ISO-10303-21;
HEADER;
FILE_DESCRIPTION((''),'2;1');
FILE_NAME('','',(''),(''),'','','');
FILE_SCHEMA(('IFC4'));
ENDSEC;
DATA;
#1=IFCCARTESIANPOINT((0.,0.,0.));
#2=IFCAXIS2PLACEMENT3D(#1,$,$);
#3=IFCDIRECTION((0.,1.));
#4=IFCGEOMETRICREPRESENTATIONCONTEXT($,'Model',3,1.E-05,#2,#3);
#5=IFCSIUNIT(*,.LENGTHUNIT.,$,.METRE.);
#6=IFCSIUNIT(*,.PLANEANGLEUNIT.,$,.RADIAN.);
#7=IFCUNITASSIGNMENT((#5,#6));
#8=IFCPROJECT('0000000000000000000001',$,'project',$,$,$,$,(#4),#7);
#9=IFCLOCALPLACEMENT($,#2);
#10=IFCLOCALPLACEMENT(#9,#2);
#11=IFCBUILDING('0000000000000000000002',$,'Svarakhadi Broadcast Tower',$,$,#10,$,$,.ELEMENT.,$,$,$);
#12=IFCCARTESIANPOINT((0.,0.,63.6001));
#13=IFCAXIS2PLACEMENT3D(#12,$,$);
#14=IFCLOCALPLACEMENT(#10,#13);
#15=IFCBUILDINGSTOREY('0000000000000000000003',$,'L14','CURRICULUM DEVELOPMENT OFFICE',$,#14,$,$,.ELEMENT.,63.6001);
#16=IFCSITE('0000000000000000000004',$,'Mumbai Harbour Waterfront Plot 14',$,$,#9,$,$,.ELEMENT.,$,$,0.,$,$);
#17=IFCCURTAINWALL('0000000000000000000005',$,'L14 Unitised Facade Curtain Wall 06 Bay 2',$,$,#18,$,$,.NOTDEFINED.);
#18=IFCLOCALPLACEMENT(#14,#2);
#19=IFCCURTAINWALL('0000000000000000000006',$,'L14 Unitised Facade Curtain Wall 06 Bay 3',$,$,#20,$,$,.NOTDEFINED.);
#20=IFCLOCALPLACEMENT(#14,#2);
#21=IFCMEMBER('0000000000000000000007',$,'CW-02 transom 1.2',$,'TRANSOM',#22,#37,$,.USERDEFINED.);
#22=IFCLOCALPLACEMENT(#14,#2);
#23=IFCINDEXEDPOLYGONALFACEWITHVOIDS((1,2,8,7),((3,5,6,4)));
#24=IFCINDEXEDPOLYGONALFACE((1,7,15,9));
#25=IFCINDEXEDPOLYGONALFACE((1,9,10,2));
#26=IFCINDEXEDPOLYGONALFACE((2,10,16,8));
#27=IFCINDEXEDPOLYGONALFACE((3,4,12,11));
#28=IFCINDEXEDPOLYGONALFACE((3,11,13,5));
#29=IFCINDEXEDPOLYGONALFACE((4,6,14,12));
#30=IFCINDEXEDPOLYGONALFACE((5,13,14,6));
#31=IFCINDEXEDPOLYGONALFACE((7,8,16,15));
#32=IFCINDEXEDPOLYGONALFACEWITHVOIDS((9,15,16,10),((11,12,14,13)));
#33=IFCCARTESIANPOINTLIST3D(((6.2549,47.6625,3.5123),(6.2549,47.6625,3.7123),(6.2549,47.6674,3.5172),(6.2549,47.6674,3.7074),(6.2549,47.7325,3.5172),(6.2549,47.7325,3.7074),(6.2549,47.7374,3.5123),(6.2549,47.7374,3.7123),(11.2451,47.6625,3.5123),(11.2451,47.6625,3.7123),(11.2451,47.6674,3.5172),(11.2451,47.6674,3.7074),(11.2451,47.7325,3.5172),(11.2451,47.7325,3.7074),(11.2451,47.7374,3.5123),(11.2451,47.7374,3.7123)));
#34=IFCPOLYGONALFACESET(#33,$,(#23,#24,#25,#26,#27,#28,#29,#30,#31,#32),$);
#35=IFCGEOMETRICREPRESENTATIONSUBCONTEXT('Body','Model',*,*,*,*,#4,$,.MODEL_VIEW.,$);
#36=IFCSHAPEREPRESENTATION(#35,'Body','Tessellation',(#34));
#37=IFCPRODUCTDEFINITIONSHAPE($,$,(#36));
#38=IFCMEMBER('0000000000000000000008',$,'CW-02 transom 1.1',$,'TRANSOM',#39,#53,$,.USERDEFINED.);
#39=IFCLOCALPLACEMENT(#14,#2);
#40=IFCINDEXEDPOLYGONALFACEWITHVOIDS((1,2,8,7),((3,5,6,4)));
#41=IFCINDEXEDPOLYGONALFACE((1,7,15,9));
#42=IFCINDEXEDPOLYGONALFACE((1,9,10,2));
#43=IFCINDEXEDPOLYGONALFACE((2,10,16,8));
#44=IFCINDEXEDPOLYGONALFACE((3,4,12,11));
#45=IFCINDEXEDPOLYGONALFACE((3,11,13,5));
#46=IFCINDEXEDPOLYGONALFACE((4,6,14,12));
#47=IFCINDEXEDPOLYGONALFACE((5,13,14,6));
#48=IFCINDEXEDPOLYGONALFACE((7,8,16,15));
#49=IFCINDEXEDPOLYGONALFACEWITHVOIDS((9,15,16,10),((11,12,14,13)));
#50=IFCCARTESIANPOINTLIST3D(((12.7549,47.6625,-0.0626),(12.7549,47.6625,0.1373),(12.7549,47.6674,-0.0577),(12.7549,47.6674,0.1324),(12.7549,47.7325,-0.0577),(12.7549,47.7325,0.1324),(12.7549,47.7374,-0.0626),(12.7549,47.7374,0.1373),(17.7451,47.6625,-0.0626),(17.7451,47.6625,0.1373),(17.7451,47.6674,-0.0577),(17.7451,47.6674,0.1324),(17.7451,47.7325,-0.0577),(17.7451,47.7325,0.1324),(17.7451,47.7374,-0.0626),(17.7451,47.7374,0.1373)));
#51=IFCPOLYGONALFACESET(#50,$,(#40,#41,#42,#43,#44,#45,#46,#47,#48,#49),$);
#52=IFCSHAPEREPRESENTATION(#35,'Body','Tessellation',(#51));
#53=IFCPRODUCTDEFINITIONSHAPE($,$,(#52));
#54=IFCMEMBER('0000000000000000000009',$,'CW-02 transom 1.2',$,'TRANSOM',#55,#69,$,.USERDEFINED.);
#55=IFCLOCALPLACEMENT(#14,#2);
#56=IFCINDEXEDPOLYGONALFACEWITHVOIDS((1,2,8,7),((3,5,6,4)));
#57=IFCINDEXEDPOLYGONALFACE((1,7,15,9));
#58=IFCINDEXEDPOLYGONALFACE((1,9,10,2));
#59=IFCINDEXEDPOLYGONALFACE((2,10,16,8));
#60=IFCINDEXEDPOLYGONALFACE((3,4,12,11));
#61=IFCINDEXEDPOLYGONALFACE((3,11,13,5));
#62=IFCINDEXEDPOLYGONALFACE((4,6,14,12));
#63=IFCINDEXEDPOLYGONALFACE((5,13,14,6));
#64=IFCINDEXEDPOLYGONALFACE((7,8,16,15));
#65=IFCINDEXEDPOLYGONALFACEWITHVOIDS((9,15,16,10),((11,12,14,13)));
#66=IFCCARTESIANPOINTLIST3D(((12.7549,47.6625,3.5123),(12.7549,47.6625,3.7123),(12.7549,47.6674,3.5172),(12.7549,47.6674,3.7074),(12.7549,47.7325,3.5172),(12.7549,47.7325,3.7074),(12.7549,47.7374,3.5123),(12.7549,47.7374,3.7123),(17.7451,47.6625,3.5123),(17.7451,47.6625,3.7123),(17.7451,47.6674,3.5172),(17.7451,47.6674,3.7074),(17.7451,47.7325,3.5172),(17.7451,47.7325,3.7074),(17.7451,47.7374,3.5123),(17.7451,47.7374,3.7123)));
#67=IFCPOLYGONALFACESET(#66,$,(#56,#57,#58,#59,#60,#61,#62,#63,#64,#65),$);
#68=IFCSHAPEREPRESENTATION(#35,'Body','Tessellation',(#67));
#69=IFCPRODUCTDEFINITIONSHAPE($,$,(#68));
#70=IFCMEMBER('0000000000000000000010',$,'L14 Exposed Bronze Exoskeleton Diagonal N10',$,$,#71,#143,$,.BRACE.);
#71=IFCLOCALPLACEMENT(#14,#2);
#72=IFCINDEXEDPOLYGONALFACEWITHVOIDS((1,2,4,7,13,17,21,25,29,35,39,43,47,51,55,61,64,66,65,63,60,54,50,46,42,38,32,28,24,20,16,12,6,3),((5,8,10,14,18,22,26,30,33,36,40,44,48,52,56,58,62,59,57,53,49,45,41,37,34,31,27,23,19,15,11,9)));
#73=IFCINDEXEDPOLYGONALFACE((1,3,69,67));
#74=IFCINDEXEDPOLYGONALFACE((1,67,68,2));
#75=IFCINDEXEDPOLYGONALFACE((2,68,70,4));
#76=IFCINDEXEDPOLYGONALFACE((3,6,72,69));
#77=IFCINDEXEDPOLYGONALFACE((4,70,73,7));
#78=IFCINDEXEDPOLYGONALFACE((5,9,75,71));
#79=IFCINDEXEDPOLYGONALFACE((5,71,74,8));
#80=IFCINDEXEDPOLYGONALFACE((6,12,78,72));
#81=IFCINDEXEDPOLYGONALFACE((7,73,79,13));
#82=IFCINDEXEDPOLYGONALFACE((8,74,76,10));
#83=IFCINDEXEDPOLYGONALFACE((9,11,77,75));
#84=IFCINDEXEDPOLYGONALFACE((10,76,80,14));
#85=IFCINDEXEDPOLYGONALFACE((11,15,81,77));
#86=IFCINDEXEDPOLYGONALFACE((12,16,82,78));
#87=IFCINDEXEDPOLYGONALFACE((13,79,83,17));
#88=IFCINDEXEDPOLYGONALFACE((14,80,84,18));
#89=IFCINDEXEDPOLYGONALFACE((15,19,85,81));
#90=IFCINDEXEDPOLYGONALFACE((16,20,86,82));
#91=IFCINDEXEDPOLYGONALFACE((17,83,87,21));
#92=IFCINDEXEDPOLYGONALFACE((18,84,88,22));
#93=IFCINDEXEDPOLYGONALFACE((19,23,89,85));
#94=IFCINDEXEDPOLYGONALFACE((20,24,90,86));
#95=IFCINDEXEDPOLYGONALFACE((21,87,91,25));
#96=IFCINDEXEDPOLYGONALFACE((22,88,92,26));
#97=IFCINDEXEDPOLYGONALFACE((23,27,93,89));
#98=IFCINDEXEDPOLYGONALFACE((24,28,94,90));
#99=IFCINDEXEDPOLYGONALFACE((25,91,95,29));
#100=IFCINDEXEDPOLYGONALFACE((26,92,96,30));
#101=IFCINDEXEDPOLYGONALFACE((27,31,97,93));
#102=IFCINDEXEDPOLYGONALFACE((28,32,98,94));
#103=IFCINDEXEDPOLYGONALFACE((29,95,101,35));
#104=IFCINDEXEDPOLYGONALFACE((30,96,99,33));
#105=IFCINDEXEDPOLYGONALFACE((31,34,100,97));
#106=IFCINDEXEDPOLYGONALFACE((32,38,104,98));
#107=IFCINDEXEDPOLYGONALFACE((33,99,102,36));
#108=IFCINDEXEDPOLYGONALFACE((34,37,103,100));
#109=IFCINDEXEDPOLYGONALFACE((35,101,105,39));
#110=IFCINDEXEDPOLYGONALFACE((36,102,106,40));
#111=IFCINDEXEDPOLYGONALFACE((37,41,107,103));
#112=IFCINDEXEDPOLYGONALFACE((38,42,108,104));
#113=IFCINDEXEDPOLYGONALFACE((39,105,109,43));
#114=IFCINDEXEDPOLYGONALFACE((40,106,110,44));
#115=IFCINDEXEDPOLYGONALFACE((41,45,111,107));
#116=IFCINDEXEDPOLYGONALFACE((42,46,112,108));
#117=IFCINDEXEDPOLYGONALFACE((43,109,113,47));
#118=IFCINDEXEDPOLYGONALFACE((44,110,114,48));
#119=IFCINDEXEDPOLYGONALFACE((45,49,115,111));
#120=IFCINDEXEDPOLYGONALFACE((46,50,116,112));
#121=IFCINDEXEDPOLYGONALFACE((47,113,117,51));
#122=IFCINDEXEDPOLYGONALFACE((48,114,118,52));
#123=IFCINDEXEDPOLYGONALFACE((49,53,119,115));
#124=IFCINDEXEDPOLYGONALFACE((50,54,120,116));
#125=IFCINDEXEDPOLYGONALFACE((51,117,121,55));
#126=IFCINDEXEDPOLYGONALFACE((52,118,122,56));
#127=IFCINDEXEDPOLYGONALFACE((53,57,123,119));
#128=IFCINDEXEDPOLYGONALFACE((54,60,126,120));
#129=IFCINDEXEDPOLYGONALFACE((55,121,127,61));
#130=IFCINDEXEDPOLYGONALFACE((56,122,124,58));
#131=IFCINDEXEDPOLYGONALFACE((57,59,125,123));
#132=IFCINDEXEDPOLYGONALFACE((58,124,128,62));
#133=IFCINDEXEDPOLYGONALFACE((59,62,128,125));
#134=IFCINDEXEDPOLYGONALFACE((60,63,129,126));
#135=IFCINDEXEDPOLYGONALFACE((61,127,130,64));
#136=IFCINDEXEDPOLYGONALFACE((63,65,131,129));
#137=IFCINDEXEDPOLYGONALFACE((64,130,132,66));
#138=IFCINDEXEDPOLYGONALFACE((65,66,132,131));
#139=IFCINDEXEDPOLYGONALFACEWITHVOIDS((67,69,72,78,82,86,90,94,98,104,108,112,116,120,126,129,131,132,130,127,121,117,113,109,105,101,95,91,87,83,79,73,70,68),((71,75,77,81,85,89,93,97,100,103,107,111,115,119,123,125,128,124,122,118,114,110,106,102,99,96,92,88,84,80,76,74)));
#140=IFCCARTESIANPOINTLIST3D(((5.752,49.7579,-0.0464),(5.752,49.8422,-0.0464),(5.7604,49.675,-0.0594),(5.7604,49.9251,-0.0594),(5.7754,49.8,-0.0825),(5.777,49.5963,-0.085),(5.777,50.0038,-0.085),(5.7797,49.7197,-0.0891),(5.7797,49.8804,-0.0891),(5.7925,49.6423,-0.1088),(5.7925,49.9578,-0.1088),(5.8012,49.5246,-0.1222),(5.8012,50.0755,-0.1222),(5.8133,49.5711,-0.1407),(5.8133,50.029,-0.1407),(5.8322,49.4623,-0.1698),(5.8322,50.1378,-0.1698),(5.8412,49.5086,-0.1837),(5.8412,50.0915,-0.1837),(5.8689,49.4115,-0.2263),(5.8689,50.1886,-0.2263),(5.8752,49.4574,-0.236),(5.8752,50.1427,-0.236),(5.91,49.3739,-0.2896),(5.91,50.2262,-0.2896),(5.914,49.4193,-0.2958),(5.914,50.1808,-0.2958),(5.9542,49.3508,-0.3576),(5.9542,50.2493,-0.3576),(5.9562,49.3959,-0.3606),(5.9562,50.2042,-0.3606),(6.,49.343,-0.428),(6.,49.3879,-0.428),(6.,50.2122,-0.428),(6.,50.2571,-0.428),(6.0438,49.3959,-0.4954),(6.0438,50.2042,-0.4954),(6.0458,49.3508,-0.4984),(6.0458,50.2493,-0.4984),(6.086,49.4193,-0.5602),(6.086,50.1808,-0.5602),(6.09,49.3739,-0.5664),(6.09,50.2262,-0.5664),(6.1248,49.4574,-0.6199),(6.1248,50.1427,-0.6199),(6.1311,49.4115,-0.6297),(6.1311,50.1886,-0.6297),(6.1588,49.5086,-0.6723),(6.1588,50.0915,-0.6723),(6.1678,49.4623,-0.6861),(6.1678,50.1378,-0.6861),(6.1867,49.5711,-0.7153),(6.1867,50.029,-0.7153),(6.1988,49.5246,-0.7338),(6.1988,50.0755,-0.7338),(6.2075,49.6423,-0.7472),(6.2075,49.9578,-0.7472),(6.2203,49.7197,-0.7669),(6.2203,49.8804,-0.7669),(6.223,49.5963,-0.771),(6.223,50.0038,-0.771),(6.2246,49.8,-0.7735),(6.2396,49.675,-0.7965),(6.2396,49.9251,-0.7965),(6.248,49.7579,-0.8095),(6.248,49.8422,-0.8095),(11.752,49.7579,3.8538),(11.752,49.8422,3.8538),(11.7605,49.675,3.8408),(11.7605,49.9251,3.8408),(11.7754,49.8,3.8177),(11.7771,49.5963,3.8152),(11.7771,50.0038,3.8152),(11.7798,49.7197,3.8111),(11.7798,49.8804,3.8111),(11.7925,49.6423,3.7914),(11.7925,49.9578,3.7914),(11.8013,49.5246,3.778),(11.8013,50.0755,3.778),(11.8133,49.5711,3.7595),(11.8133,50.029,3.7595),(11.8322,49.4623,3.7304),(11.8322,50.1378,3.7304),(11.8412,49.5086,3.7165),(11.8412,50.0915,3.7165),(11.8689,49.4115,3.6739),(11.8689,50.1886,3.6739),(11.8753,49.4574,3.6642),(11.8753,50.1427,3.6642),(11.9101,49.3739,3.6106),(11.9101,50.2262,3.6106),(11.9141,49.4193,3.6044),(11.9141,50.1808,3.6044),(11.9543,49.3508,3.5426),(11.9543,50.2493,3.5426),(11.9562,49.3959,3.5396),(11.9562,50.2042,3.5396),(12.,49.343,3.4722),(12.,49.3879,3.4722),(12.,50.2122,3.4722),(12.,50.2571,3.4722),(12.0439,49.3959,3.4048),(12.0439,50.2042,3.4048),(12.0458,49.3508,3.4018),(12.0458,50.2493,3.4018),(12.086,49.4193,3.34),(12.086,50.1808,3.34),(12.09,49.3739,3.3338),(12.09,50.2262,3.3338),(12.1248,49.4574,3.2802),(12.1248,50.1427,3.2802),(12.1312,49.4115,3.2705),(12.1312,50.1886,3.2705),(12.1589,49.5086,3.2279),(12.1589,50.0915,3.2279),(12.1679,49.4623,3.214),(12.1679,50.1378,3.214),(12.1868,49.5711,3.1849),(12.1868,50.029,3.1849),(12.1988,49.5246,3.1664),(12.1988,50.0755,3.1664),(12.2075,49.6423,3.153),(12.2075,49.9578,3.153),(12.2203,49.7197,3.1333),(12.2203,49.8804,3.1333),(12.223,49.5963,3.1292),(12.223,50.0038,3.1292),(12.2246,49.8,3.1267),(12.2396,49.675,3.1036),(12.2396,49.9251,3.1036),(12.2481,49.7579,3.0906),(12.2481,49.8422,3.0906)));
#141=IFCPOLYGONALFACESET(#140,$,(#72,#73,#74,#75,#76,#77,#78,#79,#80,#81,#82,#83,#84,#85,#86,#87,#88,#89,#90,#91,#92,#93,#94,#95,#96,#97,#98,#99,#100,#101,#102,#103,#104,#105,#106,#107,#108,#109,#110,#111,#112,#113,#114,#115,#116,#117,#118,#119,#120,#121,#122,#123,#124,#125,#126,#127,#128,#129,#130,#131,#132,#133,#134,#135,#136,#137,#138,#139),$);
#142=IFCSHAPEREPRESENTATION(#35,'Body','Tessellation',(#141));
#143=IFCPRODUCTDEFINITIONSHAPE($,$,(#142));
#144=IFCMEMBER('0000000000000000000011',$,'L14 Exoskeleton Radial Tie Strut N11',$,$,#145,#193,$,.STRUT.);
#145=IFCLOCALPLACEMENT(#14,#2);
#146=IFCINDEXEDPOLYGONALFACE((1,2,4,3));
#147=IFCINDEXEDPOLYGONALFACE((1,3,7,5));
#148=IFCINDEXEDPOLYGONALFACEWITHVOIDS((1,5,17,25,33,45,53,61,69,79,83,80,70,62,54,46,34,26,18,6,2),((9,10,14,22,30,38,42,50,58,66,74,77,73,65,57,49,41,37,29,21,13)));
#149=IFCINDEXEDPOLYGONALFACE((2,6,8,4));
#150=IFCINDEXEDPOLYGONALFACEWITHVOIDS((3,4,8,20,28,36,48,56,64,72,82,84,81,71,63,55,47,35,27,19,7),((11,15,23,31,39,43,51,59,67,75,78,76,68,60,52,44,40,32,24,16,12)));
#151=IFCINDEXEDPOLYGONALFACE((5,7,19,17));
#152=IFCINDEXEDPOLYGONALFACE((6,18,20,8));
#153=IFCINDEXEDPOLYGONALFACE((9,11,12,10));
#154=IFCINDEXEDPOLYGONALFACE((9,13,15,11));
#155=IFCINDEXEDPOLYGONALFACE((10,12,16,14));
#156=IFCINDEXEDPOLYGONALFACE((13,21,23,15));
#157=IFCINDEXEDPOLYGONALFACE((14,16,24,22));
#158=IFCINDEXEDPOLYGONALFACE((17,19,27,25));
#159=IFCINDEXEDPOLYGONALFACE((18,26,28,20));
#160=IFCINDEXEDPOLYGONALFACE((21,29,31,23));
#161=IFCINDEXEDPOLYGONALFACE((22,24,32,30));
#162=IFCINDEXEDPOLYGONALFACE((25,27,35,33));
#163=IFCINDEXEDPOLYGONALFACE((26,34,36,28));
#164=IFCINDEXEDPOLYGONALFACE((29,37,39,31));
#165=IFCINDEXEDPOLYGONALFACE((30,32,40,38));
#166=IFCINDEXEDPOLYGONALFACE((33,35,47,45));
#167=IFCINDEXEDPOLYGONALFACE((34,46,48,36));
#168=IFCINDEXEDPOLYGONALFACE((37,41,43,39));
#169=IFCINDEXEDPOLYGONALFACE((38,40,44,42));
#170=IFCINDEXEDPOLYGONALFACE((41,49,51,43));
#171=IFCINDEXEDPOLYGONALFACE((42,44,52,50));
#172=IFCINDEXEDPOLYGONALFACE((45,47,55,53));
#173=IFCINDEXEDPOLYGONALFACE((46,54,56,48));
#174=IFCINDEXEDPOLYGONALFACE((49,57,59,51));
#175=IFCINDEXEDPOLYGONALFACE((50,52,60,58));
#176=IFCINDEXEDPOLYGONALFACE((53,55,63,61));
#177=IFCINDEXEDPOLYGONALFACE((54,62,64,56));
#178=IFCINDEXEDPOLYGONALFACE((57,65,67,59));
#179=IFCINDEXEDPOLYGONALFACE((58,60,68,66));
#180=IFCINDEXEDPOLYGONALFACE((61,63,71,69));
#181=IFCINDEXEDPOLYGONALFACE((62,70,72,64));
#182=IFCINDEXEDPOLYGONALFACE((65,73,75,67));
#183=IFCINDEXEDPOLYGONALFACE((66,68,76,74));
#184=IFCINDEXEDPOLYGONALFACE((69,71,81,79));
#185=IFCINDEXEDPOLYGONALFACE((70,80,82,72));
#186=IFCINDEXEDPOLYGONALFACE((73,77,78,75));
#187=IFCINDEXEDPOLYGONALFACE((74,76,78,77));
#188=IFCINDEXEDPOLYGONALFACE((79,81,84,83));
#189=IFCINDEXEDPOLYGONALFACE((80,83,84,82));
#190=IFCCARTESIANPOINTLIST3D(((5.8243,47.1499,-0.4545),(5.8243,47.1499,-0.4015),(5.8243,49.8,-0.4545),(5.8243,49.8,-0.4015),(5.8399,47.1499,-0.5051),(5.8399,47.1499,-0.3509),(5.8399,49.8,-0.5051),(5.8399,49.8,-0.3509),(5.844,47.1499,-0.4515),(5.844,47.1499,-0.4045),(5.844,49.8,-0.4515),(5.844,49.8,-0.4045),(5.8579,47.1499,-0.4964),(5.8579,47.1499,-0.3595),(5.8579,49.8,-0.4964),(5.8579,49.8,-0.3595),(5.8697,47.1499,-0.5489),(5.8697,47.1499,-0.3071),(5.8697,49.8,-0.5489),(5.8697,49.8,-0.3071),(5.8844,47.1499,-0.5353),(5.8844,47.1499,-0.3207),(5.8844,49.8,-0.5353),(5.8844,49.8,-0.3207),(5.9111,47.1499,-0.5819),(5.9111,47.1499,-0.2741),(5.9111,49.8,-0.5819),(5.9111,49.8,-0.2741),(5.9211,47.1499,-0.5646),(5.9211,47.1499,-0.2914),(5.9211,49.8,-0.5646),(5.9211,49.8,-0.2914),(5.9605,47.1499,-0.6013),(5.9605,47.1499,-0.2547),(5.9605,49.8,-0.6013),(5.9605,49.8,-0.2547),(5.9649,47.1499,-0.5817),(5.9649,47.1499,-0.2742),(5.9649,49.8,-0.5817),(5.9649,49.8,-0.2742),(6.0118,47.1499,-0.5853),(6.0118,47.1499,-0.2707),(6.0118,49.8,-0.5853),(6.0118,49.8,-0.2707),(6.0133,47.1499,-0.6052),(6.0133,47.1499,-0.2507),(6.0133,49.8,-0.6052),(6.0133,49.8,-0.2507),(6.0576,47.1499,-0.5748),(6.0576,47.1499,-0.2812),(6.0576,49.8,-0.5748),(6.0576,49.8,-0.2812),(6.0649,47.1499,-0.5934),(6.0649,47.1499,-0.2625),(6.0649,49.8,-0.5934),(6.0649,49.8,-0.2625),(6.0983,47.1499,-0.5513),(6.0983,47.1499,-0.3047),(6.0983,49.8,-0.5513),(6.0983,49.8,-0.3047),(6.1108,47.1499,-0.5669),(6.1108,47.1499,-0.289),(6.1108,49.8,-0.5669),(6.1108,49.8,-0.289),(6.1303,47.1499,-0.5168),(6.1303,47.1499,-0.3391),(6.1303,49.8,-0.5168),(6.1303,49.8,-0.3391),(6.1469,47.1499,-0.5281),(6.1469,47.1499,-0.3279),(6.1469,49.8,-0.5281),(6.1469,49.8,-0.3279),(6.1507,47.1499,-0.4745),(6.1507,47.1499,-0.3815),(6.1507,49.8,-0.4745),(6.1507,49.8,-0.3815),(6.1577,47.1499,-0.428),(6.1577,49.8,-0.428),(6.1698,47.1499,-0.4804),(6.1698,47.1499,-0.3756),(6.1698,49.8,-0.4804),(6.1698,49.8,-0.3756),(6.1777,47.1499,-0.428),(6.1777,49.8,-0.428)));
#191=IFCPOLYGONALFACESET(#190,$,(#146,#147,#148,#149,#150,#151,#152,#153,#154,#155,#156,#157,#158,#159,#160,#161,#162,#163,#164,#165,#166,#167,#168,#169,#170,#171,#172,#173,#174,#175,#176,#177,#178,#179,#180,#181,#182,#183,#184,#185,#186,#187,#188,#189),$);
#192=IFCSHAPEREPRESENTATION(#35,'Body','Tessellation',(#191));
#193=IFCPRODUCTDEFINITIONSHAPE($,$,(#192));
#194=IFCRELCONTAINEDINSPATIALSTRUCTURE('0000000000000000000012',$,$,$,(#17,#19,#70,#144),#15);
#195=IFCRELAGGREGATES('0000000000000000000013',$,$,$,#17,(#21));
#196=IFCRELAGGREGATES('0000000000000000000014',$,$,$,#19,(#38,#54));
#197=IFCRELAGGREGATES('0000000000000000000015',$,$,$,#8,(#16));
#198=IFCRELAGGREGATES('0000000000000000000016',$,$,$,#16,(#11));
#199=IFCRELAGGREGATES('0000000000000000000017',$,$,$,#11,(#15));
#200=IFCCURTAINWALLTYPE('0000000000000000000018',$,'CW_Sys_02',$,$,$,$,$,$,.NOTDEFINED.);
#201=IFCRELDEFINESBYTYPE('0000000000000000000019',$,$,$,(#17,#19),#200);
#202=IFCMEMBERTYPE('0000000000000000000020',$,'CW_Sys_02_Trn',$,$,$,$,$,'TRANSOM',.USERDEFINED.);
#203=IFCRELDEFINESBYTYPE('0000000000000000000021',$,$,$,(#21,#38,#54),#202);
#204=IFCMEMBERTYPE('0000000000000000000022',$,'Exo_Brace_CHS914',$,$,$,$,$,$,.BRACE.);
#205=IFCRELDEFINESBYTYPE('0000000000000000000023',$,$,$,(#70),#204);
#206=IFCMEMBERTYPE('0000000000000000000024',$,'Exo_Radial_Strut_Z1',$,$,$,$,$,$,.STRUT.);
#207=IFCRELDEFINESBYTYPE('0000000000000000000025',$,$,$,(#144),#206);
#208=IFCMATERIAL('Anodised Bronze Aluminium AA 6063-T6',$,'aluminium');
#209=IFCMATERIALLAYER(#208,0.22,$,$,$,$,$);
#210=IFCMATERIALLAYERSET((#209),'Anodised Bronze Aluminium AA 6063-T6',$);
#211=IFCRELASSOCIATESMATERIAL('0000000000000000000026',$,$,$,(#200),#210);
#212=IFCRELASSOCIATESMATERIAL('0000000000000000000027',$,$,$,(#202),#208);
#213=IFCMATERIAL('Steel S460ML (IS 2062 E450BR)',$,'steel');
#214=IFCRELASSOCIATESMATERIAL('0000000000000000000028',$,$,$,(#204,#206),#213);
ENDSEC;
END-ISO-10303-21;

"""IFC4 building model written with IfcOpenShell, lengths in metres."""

from ifc_helpers import new_model, si_unit, direction, frame, origin, origin_2d, place, context, subcontext, project, spatial, hollow_rectangle, hollow_circle, extrude, material, layer, layer_set, material_profile, profile_set, type_object, element, aggregate, save


model = new_model("IFC4")

# Units and contexts
model_context = context("Model", 3, precision=1e-05, world=origin(), true_north=direction((0.0, 1.0)))
body_context = subcontext(model_context, "Body", "Model", "MODEL_VIEW")
ifc_project = project(units=[si_unit("LENGTHUNIT", "METRE"), si_unit("PLANEANGLEUNIT", "RADIAN")], contexts=[model_context])

# Site, building, storey
site_placement = place(None, origin())
site = spatial("IfcSite", under=ifc_project, at=site_placement, Name="Mumbai Harbour Waterfront Plot 14", CompositionType="ELEMENT", RefElevation=0.0)
building_placement = place(site_placement, origin())
building = spatial("IfcBuilding", under=site, at=building_placement, Name="Svarakhadi Broadcast Tower", CompositionType="ELEMENT")
storey_placement = place(building_placement, frame((0.0, 0.0, 63.6001)))
storey = spatial("IfcBuildingStorey", under=building, at=storey_placement, Name="L14", Description="CURRICULUM DEVELOPMENT OFFICE", CompositionType="ELEMENT", Elevation=63.6001)

# Shared definitions
ifc_material_1 = material(Name="Steel S460ML (IS 2062 E450BR)", Category="steel")

# Curtain walls
ifc_material_2 = material(Name="Anodised Bronze Aluminium AA 6063-T6", Category="aluminium")
ifc_layer_1 = layer(ifc_material_2, 0.22)
ifc_layer_set_1 = layer_set([ifc_layer_1], Name="Anodised Bronze Aluminium AA 6063-T6")
curtain_wall_type = type_object("IfcCurtainWallType", Name="CW_Sys_02", PredefinedType="NOTDEFINED", material=ifc_layer_set_1)
curtain_wall_1_placement = place(storey_placement, origin())
curtain_wall_1 = element("IfcCurtainWall", 1, at=curtain_wall_1_placement, inside=storey, type_object=curtain_wall_type, Name="L14 Unitised Facade Curtain Wall 06 Bay 2", PredefinedType="NOTDEFINED")
curtain_wall_2_placement = place(storey_placement, origin())
curtain_wall_2 = element("IfcCurtainWall", 2, at=curtain_wall_2_placement, inside=storey, type_object=curtain_wall_type, Name="L14 Unitised Facade Curtain Wall 06 Bay 3", PredefinedType="NOTDEFINED")

# Members
ifc_material_profile_1 = material_profile(ifc_material_2, hollow_rectangle(XDim=0.075, YDim=0.2, WallThickness=0.0049, at=origin_2d()), Name="ALU TRANSOM 200x75x5")
ifc_profile_set_1 = profile_set([ifc_material_profile_1], Name="Anodised Bronze Aluminium AA 6063-T6")
member_type_1 = type_object("IfcMemberType", Name="CW_Sys_02_Trn", ElementType="TRANSOM", PredefinedType="USERDEFINED", material=ifc_profile_set_1)
member_1_placement = place(storey_placement, frame((6.2549, 47.7, 3.6123), z_axis=(1.0, 0.0, 0.0), x_axis=(0.0, 1.0, 0.0)))
member_1 = element("IfcMember", 3, at=member_1_placement, type_object=member_type_1, Name="CW-02 transom 1.2", ObjectType="TRANSOM", PredefinedType="USERDEFINED", context=body_context, shape_type="SweptSolid", body=[
    extrude(hollow_rectangle(XDim=0.075, YDim=0.2, WallThickness=0.0049, at=origin_2d()), origin(), (0.0, 0.0, 1.0), 4.9902),
])
member_2_placement = place(storey_placement, frame((12.7549, 47.7, 0.0374), z_axis=(1.0, 0.0, 0.0), x_axis=(0.0, 1.0, 0.0)))
member_2 = element("IfcMember", 4, at=member_2_placement, type_object=member_type_1, Name="CW-02 transom 1.1", ObjectType="TRANSOM", PredefinedType="USERDEFINED", context=body_context, shape_type="SweptSolid", body=[
    extrude(hollow_rectangle(XDim=0.075, YDim=0.2, WallThickness=0.0049, at=origin_2d()), origin(), (0.0, 0.0, 1.0), 4.9902),
])
member_3_placement = place(storey_placement, frame((12.7549, 47.7, 3.6123), z_axis=(1.0, 0.0, 0.0), x_axis=(0.0, 1.0, 0.0)))
member_3 = element("IfcMember", 5, at=member_3_placement, type_object=member_type_1, Name="CW-02 transom 1.2", ObjectType="TRANSOM", PredefinedType="USERDEFINED", context=body_context, shape_type="SweptSolid", body=[
    extrude(hollow_rectangle(XDim=0.075, YDim=0.2, WallThickness=0.0049, at=origin_2d()), origin(), (0.0, 0.0, 1.0), 4.9902),
])

# Members
ifc_material_profile_2 = material_profile(ifc_material_1, hollow_circle(Radius=0.457, WallThickness=0.0449, at=origin_2d()), Name="CHS 914x45")
ifc_profile_set_2 = profile_set([ifc_material_profile_2], Name="Steel S460ML (IS 2062 E450BR)")
member_type_2 = type_object("IfcMemberType", Name="Exo_Brace_CHS914", PredefinedType="BRACE", material=ifc_profile_set_2)
member_4_placement = place(storey_placement, frame((6.0, 49.8, -0.428), z_axis=(0.838434, 0.0, 0.545003), x_axis=(0.0, 1.0, 0.0)))
element("IfcMember", 6, at=member_4_placement, inside=storey, type_object=member_type_2, Name="L14 Exposed Bronze Exoskeleton Diagonal N10", PredefinedType="BRACE", context=body_context, shape_type="SweptSolid", body=[
    extrude(hollow_circle(Radius=0.457, WallThickness=0.0449, at=origin_2d()), origin(), (0.0, 0.0, 1.0), 7.1562),
])
ifc_material_profile_3 = material_profile(ifc_material_1, hollow_circle(Radius=0.1777, WallThickness=0.02, at=origin_2d()), Name="CHS 355.6x20")
ifc_profile_set_3 = profile_set([ifc_material_profile_3], Name="Steel S460ML (IS 2062 E450BR)")
member_type_3 = type_object("IfcMemberType", Name="Exo_Radial_Strut_Z1", PredefinedType="STRUT", material=ifc_profile_set_3)
member_5_placement = place(storey_placement, frame((6.0, 49.8, -0.428), z_axis=(0.0, -1.0, 0.0), x_axis=(1.0, 0.0, 0.0)))
element("IfcMember", 7, at=member_5_placement, inside=storey, type_object=member_type_3, Name="L14 Exoskeleton Radial Tie Strut N11", PredefinedType="STRUT", context=body_context, shape_type="SweptSolid", body=[
    extrude(hollow_circle(Radius=0.1777, WallThickness=0.02, at=origin_2d()), origin(), (0.0, 0.0, 1.0), 2.6501),
])

aggregate(curtain_wall_1, [member_1])
aggregate(curtain_wall_2, [member_2, member_3])

save(model, "model.ifc")
